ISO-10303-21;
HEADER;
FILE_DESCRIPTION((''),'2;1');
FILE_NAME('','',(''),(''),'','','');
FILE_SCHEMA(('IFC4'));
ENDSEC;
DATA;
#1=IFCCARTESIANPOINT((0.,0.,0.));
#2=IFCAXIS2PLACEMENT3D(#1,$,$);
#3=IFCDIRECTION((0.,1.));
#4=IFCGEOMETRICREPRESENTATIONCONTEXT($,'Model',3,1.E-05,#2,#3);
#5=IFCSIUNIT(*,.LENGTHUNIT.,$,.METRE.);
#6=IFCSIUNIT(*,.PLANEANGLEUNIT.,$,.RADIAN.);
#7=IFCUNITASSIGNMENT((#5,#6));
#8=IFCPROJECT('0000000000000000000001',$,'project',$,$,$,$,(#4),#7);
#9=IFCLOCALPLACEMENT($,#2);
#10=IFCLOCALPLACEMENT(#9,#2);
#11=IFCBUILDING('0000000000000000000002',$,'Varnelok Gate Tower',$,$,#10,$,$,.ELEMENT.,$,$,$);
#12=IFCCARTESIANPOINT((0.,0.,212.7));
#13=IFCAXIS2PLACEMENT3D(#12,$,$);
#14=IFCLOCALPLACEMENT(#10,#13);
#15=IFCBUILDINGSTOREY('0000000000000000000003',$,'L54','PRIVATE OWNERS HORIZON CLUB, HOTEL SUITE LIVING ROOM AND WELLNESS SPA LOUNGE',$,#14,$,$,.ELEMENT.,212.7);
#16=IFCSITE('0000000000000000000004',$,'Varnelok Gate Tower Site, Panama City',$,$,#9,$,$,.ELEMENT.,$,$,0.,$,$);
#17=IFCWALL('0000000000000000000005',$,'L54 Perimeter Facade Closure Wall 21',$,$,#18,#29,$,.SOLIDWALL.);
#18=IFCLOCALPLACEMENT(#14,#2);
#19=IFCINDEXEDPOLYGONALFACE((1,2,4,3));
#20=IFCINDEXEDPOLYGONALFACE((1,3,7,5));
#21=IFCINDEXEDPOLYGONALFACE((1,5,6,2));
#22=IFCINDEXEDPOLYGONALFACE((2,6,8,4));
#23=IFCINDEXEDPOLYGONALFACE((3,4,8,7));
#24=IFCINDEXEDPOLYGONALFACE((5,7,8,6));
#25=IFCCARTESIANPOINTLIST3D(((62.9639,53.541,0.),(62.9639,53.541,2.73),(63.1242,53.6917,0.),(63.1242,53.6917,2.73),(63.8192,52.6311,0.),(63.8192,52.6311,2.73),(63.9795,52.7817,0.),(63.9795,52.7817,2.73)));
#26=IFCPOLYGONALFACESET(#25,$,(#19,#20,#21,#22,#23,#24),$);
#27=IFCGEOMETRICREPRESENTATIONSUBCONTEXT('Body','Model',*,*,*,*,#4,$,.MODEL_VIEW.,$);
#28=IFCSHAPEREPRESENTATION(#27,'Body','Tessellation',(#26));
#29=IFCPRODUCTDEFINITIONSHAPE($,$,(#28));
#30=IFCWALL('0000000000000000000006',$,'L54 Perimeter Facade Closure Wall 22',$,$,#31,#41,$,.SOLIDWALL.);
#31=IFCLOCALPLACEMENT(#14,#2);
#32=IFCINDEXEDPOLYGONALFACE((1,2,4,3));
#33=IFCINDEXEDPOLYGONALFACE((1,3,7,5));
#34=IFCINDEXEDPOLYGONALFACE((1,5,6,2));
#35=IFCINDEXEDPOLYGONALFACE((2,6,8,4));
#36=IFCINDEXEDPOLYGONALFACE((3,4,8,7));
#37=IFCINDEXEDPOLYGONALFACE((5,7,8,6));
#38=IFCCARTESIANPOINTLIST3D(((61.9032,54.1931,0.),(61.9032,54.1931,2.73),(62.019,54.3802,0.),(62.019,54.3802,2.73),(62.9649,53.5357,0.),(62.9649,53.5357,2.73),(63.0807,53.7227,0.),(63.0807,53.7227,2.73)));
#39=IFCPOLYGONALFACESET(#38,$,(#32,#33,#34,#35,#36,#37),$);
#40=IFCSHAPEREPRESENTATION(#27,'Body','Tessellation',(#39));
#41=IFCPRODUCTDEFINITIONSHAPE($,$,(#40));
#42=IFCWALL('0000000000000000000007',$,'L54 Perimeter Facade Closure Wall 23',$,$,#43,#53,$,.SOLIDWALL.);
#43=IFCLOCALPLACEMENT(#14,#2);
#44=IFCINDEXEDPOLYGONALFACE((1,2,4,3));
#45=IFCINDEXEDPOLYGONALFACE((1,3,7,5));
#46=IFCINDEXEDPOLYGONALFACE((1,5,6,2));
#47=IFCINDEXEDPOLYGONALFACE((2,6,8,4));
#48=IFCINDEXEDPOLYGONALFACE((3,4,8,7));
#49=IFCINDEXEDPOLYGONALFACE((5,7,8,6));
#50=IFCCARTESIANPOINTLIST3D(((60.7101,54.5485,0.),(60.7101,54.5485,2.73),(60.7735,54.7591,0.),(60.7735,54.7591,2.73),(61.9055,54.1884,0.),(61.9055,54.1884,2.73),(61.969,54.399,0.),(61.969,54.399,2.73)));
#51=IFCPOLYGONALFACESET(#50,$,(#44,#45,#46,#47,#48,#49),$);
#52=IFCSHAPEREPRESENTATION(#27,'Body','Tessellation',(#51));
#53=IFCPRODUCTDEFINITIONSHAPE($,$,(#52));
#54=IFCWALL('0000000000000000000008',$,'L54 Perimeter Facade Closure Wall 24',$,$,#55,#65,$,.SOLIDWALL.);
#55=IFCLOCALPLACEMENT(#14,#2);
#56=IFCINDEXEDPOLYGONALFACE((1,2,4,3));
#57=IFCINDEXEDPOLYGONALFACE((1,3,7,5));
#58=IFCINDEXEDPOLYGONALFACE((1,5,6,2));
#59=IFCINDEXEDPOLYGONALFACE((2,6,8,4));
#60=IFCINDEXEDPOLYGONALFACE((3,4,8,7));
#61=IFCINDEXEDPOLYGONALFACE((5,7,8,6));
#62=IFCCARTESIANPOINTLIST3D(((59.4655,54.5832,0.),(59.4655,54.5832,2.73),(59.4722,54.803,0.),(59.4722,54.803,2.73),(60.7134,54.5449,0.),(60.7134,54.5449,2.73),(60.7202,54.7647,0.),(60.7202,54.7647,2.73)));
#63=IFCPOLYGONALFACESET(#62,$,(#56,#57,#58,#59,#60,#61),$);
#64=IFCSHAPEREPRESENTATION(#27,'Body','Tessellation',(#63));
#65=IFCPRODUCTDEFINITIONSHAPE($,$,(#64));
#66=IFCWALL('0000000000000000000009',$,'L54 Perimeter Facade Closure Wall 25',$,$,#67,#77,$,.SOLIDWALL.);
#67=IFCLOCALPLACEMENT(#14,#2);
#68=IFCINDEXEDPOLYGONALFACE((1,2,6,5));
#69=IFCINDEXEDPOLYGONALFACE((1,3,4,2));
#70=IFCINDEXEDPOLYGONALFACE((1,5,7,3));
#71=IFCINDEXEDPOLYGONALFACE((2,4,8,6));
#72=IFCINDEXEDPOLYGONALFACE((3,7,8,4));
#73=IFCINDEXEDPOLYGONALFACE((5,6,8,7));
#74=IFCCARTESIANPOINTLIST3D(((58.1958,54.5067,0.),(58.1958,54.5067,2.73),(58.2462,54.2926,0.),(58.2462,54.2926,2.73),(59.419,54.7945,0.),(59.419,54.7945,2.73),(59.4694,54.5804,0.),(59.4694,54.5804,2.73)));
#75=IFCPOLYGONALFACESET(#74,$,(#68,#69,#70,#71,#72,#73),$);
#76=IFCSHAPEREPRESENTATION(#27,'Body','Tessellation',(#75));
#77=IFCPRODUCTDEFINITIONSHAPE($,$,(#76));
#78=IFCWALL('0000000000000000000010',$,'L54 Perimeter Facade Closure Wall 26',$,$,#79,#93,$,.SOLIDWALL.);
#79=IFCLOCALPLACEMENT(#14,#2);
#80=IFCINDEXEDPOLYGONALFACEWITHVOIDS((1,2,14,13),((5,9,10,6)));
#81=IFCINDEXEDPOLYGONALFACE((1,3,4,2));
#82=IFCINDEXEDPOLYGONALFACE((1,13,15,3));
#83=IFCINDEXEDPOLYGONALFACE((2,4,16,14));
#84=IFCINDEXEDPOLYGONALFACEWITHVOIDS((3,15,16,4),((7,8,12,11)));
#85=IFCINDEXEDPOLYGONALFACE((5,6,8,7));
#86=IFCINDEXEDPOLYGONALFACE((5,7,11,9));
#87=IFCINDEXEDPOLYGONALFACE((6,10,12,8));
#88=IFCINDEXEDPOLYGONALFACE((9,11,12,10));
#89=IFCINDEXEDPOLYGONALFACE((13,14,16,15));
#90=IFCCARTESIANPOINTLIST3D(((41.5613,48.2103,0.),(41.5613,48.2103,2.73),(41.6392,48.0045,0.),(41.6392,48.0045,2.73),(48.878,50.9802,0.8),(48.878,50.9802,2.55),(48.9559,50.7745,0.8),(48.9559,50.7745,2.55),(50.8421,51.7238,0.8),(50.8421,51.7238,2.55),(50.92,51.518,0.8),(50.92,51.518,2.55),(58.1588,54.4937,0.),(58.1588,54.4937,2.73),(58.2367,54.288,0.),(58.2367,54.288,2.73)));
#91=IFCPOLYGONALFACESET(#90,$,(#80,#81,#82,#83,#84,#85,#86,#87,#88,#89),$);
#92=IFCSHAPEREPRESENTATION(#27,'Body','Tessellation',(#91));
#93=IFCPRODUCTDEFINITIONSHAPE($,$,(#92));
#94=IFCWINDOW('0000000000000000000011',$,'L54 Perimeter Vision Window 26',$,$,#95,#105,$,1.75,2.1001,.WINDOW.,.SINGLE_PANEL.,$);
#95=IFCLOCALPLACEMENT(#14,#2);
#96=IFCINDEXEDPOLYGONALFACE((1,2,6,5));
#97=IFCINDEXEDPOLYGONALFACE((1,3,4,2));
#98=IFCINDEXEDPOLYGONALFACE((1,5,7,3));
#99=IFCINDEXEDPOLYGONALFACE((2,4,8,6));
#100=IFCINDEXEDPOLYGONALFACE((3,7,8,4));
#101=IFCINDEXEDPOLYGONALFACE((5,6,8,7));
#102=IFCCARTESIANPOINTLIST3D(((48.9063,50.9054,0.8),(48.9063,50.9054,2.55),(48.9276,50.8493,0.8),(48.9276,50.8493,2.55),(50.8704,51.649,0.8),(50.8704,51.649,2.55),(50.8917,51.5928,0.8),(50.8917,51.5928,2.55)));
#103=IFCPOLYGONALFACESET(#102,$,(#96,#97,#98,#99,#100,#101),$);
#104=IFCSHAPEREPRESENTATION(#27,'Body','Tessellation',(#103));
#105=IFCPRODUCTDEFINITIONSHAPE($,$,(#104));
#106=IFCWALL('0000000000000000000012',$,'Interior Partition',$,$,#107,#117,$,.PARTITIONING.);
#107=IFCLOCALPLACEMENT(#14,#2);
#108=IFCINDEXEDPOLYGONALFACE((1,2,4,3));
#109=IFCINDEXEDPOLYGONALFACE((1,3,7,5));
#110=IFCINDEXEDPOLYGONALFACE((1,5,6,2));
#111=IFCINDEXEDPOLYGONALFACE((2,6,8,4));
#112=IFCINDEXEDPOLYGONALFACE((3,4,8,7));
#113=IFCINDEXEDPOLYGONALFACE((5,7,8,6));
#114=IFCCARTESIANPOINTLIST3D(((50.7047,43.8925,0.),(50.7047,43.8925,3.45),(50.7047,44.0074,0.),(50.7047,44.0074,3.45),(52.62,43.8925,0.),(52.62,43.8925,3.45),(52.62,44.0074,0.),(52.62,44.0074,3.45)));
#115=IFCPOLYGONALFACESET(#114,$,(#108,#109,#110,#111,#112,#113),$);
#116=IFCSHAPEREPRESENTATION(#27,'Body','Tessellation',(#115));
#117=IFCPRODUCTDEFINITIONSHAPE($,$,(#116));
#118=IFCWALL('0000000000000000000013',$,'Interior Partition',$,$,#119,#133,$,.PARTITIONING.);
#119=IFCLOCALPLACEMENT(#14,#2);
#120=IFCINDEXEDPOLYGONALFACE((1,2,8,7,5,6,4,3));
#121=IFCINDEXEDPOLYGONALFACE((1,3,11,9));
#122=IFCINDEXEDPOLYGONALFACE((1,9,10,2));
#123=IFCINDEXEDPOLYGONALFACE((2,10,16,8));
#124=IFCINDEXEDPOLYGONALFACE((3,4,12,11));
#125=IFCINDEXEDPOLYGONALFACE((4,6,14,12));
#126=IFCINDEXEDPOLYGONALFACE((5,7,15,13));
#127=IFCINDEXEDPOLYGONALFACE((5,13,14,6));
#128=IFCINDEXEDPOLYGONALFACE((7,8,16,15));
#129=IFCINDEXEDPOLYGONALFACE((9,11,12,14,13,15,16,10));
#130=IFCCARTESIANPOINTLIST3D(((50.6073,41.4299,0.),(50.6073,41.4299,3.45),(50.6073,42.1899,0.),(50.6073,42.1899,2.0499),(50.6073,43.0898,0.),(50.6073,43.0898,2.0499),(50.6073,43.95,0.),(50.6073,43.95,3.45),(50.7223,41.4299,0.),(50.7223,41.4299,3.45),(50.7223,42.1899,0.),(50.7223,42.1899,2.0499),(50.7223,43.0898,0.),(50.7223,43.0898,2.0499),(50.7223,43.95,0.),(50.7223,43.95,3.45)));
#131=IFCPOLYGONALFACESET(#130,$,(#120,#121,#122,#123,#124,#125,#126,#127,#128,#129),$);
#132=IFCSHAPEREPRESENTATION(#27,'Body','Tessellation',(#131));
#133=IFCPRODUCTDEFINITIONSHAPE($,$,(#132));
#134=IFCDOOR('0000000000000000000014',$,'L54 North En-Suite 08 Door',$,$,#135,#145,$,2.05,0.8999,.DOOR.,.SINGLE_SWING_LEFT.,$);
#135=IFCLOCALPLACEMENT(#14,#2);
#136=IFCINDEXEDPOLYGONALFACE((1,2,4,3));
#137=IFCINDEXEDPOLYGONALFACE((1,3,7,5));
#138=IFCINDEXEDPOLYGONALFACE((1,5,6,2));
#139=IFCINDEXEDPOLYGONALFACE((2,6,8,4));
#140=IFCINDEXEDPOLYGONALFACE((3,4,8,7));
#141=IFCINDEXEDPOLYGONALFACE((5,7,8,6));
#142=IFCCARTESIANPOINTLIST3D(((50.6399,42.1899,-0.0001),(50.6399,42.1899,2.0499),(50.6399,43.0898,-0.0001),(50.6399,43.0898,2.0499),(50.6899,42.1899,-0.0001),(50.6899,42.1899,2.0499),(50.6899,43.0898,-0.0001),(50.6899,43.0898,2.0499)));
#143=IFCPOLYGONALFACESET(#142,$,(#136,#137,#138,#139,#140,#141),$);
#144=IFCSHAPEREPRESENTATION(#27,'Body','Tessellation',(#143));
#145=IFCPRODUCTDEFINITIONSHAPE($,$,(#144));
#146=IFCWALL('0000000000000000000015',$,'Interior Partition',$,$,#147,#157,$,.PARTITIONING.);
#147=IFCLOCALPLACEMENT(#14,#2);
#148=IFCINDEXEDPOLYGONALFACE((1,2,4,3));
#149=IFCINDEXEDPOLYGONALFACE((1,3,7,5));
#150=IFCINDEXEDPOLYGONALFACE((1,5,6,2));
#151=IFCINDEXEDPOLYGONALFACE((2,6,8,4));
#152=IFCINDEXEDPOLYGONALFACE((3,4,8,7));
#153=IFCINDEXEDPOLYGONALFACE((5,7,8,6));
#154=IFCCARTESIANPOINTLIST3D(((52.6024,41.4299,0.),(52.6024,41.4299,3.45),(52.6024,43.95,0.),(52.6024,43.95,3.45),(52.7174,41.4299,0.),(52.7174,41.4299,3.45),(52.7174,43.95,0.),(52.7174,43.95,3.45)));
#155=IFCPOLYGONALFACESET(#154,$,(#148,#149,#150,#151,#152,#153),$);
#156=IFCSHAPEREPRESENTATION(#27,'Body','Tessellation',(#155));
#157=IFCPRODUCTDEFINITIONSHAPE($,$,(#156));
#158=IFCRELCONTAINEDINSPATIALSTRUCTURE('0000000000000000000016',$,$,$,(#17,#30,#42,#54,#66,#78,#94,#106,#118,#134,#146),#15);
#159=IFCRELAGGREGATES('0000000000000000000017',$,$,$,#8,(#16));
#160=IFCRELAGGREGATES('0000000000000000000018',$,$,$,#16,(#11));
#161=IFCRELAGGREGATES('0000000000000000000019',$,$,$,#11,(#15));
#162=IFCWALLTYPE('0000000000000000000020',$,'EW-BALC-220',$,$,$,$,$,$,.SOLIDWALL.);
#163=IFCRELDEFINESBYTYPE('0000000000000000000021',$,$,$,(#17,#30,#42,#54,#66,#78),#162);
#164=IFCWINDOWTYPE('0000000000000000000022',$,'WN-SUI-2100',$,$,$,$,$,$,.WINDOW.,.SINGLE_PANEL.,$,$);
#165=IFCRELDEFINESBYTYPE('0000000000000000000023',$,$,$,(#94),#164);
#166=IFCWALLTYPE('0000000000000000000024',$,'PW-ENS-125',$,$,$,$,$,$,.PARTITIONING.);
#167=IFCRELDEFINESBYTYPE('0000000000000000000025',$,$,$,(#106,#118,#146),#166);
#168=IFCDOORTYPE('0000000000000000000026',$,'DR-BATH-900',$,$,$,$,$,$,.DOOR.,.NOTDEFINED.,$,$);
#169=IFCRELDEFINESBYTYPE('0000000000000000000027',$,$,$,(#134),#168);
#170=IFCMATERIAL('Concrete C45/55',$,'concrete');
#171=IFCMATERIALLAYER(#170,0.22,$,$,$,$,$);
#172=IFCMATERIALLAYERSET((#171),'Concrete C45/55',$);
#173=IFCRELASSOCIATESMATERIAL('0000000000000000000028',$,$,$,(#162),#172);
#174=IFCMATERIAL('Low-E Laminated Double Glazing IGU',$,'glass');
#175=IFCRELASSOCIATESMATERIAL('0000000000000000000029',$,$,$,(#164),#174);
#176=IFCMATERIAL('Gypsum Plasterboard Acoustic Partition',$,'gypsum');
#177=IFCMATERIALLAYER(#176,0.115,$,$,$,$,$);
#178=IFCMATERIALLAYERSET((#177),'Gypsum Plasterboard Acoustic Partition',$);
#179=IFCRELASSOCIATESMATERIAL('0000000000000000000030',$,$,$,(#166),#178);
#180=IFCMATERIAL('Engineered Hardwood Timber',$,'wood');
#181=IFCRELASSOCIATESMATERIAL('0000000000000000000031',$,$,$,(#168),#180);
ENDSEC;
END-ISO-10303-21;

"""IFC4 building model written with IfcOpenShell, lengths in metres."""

from ifc_helpers import new_model, si_unit, direction, frame, frame_2d, origin, place, context, subcontext, project, spatial, rectangle, extrude, material, layer, layer_set, type_object, element, fill, save


model = new_model("IFC4")

# Units and contexts
model_context = context("Model", 3, precision=1e-05, world=origin(), true_north=direction((0.0, 1.0)))
body_context = subcontext(model_context, "Body", "Model", "MODEL_VIEW")
ifc_project = project(units=[si_unit("LENGTHUNIT", "METRE"), si_unit("PLANEANGLEUNIT", "RADIAN")], contexts=[model_context])

# Site, building, storey
site_placement = place(None, origin())
site = spatial("IfcSite", under=ifc_project, at=site_placement, Name="Varnelok Gate Tower Site, Panama City", CompositionType="ELEMENT", RefElevation=0.0)
building_placement = place(site_placement, origin())
building = spatial("IfcBuilding", under=site, at=building_placement, Name="Varnelok Gate Tower", CompositionType="ELEMENT")
storey_placement = place(building_placement, frame((0.0, 0.0, 212.7)))
storey = spatial("IfcBuildingStorey", under=building, at=storey_placement, Name="L54", Description="PRIVATE OWNERS HORIZON CLUB, HOTEL SUITE LIVING ROOM AND WELLNESS SPA LOUNGE", CompositionType="ELEMENT", Elevation=212.7)

# Shared definitions
ifc_material_1 = material(Name="Low-E Laminated Double Glazing IGU", Category="glass")

# Walls
ifc_material_2 = material(Name="Concrete C45/55", Category="concrete")
ifc_layer_1 = layer(ifc_material_2, 0.22)
ifc_layer_set_1 = layer_set([ifc_layer_1], Name="Concrete C45/55")
wall_type_1 = type_object("IfcWallType", Name="EW-BALC-220", PredefinedType="SOLIDWALL", material=ifc_layer_set_1)
for number, where, z_axis, x_axis, name in (
    (1, (63.8994, 52.7063, 0.0), (0.0, 0.0, 1.0), (-0.684871, 0.728665, 0.0), "L54 Perimeter Facade Closure Wall 21"),
    (2, (63.0229, 53.6292, 0.0), (0.0, 0.0, 1.0), (-0.850198, 0.526462, 0.0), "L54 Perimeter Facade Closure Wall 22"),
):
    element("IfcWall", number, at=place(storey_placement, frame(where, z_axis=z_axis, x_axis=x_axis)), inside=storey, type_object=wall_type_1, Name=name, PredefinedType="SOLIDWALL", context=body_context, shape_type="SweptSolid", body=[
        extrude(rectangle(XDim=1.2488, YDim=0.22, at=frame_2d((0.6245, 0.0))), origin(), (0.0, 0.0, 1.0), 2.73),
    ])
for number, where, z_axis, x_axis, name in (
    (3, (61.9373, 54.2937, 0.0), (0.0, 0.0, 1.0), (-0.957508, 0.288406, 0.0), "L54 Perimeter Facade Closure Wall 23"),
    (4, (60.7168, 54.6548, 0.0), (0.0, 0.0, 1.0), (-0.999529, 0.030698, 0.0), "L54 Perimeter Facade Closure Wall 24"),
):
    element("IfcWall", number, at=place(storey_placement, frame(where, z_axis=z_axis, x_axis=x_axis)), inside=storey, type_object=wall_type_1, Name=name, PredefinedType="SOLIDWALL", context=body_context, shape_type="SweptSolid", body=[
        extrude(rectangle(XDim=1.2485, YDim=0.22, at=frame_2d((0.6243, 0.0))), origin(), (0.0, 0.0, 1.0), 2.73),
    ])
wall_1_placement = place(storey_placement, frame((59.4443, 54.6875, 0.0), z_axis=(0.0, 0.0, 1.0), x_axis=(-0.97341, -0.229072, 0.0)))
element("IfcWall", 5, at=wall_1_placement, inside=storey, type_object=wall_type_1, Name="L54 Perimeter Facade Closure Wall 25", PredefinedType="SOLIDWALL", context=body_context, shape_type="SweptSolid", body=[
    extrude(rectangle(XDim=1.2566, YDim=0.22, at=frame_2d((0.6284, 0.0))), origin(), (0.0, 0.0, 1.0), 2.73),
])

# Wall, opening, window
wall_2_placement = place(storey_placement, frame((58.1978, 54.3909, 0.0), z_axis=(0.0, 0.0, 1.0), x_axis=(-0.935224, -0.354057, 0.0)))
wall_2 = element("IfcWall", 6, at=wall_2_placement, inside=storey, type_object=wall_type_1, Name="L54 Perimeter Facade Closure Wall 26", PredefinedType="SOLIDWALL", context=body_context, shape_type="SweptSolid", body=[
    extrude(rectangle(XDim=17.7471, YDim=0.22, at=frame_2d((8.8735, 0.0))), origin(), (0.0, 0.0, 1.0), 2.73),
])
opening_1_placement = place(wall_2_placement, frame((7.8235, 0.0, 0.8)))
opening_1 = element("IfcOpeningElement", 7, at=opening_1_placement, cuts=wall_2, PredefinedType="OPENING", context=body_context, shape_type="SweptSolid", body=[
    extrude(rectangle(XDim=2.1001, YDim=1.75, at=frame_2d((1.05, 0.875))), frame((0.0, 0.1199, 0.0), z_axis=(0.0, -1.0, 0.0), x_axis=(1.0, 0.0, 0.0)), (0.0, 0.0, 1.0), 0.24),
])
window_type = type_object("IfcWindowType", Name="WN-SUI-2100", PartitioningType="SINGLE_PANEL", PredefinedType="WINDOW", material=ifc_material_1)
window_placement = place(opening_1_placement, origin())
window = element("IfcWindow", 8, at=window_placement, inside=storey, type_object=window_type, Name="L54 Perimeter Vision Window 26", OverallHeight=1.75, OverallWidth=2.1001, PartitioningType="SINGLE_PANEL", PredefinedType="WINDOW", context=body_context, shape_type="SweptSolid", body=[
    extrude(rectangle(XDim=2.1001, YDim=1.75, at=frame_2d((1.05, 0.875))), frame((0.0, 0.03, 0.0), z_axis=(0.0, -1.0, 0.0), x_axis=(1.0, 0.0, 0.0)), (0.0, 0.0, 1.0), 0.0601),
])
fill(opening_1, window)

# Wall
ifc_material_3 = material(Name="Gypsum Plasterboard Acoustic Partition", Category="gypsum")
ifc_layer_2 = layer(ifc_material_3, 0.115)
ifc_layer_set_2 = layer_set([ifc_layer_2], Name="Gypsum Plasterboard Acoustic Partition")
wall_type_2 = type_object("IfcWallType", Name="PW-ENS-125", PredefinedType="PARTITIONING", material=ifc_layer_set_2)
wall_3_placement = place(storey_placement, frame((50.7048, 43.95, 0.0), z_axis=(0.0, 0.0, 1.0), x_axis=(1.0, 0.0, 0.0)))
element("IfcWall", 9, at=wall_3_placement, inside=storey, type_object=wall_type_2, Name="Interior Partition", PredefinedType="PARTITIONING", context=body_context, shape_type="SweptSolid", body=[
    extrude(rectangle(XDim=1.9153, YDim=0.115, at=frame_2d((0.9575, 0.0))), origin(), (0.0, 0.0, 1.0), 3.45),
])

# Wall, opening, door
wall_4_placement = place(storey_placement, frame((50.6648, 41.4299, 0.0), z_axis=(0.0, 0.0, 1.0), x_axis=(0.0, 1.0, 0.0)))
wall_4 = element("IfcWall", 10, at=wall_4_placement, inside=storey, type_object=wall_type_2, Name="Interior Partition", PredefinedType="PARTITIONING", context=body_context, shape_type="SweptSolid", body=[
    extrude(rectangle(XDim=2.52, YDim=0.115, at=frame_2d((1.26, 0.0))), origin(), (0.0, 0.0, 1.0), 3.45),
])
opening_2_placement = place(wall_4_placement, frame((0.76, 0.0, 0.0)))
opening_2 = element("IfcOpeningElement", 11, at=opening_2_placement, cuts=wall_4, PredefinedType="OPENING", context=body_context, shape_type="SweptSolid", body=[
    extrude(rectangle(XDim=0.8999, YDim=2.05, at=frame_2d((0.45, 1.0249))), frame((0.0, 0.0674, 0.0), z_axis=(0.0, -1.0, 0.0), x_axis=(1.0, 0.0, 0.0)), (0.0, 0.0, 1.0), 0.135),
])
ifc_material_4 = material(Name="Engineered Hardwood Timber", Category="wood")
door_type = type_object("IfcDoorType", Name="DR-BATH-900", OperationType="NOTDEFINED", PredefinedType="DOOR", material=ifc_material_4)
door_placement = place(opening_2_placement, origin())
door = element("IfcDoor", 12, at=door_placement, inside=storey, type_object=door_type, Name="L54 North En-Suite 08 Door", OperationType="SINGLE_SWING_LEFT", OverallHeight=2.05, OverallWidth=0.8999, PredefinedType="DOOR", context=body_context, shape_type="SweptSolid", body=[
    extrude(rectangle(XDim=0.8999, YDim=2.05, at=frame_2d((0.45, 1.0249))), frame((0.0, 0.0249, 0.0), z_axis=(0.0, -1.0, 0.0), x_axis=(1.0, 0.0, 0.0)), (0.0, 0.0, 1.0), 0.05),
])
fill(opening_2, door)

# Wall
wall_5_placement = place(storey_placement, frame((52.6599, 41.4299, 0.0), z_axis=(0.0, 0.0, 1.0), x_axis=(0.0, 1.0, 0.0)))
element("IfcWall", 13, at=wall_5_placement, inside=storey, type_object=wall_type_2, Name="Interior Partition", PredefinedType="PARTITIONING", context=body_context, shape_type="SweptSolid", body=[
    extrude(rectangle(XDim=2.52, YDim=0.115, at=frame_2d((1.26, 0.0))), origin(), (0.0, 0.0, 1.0), 3.45),
])

save(model, "model.ifc")
